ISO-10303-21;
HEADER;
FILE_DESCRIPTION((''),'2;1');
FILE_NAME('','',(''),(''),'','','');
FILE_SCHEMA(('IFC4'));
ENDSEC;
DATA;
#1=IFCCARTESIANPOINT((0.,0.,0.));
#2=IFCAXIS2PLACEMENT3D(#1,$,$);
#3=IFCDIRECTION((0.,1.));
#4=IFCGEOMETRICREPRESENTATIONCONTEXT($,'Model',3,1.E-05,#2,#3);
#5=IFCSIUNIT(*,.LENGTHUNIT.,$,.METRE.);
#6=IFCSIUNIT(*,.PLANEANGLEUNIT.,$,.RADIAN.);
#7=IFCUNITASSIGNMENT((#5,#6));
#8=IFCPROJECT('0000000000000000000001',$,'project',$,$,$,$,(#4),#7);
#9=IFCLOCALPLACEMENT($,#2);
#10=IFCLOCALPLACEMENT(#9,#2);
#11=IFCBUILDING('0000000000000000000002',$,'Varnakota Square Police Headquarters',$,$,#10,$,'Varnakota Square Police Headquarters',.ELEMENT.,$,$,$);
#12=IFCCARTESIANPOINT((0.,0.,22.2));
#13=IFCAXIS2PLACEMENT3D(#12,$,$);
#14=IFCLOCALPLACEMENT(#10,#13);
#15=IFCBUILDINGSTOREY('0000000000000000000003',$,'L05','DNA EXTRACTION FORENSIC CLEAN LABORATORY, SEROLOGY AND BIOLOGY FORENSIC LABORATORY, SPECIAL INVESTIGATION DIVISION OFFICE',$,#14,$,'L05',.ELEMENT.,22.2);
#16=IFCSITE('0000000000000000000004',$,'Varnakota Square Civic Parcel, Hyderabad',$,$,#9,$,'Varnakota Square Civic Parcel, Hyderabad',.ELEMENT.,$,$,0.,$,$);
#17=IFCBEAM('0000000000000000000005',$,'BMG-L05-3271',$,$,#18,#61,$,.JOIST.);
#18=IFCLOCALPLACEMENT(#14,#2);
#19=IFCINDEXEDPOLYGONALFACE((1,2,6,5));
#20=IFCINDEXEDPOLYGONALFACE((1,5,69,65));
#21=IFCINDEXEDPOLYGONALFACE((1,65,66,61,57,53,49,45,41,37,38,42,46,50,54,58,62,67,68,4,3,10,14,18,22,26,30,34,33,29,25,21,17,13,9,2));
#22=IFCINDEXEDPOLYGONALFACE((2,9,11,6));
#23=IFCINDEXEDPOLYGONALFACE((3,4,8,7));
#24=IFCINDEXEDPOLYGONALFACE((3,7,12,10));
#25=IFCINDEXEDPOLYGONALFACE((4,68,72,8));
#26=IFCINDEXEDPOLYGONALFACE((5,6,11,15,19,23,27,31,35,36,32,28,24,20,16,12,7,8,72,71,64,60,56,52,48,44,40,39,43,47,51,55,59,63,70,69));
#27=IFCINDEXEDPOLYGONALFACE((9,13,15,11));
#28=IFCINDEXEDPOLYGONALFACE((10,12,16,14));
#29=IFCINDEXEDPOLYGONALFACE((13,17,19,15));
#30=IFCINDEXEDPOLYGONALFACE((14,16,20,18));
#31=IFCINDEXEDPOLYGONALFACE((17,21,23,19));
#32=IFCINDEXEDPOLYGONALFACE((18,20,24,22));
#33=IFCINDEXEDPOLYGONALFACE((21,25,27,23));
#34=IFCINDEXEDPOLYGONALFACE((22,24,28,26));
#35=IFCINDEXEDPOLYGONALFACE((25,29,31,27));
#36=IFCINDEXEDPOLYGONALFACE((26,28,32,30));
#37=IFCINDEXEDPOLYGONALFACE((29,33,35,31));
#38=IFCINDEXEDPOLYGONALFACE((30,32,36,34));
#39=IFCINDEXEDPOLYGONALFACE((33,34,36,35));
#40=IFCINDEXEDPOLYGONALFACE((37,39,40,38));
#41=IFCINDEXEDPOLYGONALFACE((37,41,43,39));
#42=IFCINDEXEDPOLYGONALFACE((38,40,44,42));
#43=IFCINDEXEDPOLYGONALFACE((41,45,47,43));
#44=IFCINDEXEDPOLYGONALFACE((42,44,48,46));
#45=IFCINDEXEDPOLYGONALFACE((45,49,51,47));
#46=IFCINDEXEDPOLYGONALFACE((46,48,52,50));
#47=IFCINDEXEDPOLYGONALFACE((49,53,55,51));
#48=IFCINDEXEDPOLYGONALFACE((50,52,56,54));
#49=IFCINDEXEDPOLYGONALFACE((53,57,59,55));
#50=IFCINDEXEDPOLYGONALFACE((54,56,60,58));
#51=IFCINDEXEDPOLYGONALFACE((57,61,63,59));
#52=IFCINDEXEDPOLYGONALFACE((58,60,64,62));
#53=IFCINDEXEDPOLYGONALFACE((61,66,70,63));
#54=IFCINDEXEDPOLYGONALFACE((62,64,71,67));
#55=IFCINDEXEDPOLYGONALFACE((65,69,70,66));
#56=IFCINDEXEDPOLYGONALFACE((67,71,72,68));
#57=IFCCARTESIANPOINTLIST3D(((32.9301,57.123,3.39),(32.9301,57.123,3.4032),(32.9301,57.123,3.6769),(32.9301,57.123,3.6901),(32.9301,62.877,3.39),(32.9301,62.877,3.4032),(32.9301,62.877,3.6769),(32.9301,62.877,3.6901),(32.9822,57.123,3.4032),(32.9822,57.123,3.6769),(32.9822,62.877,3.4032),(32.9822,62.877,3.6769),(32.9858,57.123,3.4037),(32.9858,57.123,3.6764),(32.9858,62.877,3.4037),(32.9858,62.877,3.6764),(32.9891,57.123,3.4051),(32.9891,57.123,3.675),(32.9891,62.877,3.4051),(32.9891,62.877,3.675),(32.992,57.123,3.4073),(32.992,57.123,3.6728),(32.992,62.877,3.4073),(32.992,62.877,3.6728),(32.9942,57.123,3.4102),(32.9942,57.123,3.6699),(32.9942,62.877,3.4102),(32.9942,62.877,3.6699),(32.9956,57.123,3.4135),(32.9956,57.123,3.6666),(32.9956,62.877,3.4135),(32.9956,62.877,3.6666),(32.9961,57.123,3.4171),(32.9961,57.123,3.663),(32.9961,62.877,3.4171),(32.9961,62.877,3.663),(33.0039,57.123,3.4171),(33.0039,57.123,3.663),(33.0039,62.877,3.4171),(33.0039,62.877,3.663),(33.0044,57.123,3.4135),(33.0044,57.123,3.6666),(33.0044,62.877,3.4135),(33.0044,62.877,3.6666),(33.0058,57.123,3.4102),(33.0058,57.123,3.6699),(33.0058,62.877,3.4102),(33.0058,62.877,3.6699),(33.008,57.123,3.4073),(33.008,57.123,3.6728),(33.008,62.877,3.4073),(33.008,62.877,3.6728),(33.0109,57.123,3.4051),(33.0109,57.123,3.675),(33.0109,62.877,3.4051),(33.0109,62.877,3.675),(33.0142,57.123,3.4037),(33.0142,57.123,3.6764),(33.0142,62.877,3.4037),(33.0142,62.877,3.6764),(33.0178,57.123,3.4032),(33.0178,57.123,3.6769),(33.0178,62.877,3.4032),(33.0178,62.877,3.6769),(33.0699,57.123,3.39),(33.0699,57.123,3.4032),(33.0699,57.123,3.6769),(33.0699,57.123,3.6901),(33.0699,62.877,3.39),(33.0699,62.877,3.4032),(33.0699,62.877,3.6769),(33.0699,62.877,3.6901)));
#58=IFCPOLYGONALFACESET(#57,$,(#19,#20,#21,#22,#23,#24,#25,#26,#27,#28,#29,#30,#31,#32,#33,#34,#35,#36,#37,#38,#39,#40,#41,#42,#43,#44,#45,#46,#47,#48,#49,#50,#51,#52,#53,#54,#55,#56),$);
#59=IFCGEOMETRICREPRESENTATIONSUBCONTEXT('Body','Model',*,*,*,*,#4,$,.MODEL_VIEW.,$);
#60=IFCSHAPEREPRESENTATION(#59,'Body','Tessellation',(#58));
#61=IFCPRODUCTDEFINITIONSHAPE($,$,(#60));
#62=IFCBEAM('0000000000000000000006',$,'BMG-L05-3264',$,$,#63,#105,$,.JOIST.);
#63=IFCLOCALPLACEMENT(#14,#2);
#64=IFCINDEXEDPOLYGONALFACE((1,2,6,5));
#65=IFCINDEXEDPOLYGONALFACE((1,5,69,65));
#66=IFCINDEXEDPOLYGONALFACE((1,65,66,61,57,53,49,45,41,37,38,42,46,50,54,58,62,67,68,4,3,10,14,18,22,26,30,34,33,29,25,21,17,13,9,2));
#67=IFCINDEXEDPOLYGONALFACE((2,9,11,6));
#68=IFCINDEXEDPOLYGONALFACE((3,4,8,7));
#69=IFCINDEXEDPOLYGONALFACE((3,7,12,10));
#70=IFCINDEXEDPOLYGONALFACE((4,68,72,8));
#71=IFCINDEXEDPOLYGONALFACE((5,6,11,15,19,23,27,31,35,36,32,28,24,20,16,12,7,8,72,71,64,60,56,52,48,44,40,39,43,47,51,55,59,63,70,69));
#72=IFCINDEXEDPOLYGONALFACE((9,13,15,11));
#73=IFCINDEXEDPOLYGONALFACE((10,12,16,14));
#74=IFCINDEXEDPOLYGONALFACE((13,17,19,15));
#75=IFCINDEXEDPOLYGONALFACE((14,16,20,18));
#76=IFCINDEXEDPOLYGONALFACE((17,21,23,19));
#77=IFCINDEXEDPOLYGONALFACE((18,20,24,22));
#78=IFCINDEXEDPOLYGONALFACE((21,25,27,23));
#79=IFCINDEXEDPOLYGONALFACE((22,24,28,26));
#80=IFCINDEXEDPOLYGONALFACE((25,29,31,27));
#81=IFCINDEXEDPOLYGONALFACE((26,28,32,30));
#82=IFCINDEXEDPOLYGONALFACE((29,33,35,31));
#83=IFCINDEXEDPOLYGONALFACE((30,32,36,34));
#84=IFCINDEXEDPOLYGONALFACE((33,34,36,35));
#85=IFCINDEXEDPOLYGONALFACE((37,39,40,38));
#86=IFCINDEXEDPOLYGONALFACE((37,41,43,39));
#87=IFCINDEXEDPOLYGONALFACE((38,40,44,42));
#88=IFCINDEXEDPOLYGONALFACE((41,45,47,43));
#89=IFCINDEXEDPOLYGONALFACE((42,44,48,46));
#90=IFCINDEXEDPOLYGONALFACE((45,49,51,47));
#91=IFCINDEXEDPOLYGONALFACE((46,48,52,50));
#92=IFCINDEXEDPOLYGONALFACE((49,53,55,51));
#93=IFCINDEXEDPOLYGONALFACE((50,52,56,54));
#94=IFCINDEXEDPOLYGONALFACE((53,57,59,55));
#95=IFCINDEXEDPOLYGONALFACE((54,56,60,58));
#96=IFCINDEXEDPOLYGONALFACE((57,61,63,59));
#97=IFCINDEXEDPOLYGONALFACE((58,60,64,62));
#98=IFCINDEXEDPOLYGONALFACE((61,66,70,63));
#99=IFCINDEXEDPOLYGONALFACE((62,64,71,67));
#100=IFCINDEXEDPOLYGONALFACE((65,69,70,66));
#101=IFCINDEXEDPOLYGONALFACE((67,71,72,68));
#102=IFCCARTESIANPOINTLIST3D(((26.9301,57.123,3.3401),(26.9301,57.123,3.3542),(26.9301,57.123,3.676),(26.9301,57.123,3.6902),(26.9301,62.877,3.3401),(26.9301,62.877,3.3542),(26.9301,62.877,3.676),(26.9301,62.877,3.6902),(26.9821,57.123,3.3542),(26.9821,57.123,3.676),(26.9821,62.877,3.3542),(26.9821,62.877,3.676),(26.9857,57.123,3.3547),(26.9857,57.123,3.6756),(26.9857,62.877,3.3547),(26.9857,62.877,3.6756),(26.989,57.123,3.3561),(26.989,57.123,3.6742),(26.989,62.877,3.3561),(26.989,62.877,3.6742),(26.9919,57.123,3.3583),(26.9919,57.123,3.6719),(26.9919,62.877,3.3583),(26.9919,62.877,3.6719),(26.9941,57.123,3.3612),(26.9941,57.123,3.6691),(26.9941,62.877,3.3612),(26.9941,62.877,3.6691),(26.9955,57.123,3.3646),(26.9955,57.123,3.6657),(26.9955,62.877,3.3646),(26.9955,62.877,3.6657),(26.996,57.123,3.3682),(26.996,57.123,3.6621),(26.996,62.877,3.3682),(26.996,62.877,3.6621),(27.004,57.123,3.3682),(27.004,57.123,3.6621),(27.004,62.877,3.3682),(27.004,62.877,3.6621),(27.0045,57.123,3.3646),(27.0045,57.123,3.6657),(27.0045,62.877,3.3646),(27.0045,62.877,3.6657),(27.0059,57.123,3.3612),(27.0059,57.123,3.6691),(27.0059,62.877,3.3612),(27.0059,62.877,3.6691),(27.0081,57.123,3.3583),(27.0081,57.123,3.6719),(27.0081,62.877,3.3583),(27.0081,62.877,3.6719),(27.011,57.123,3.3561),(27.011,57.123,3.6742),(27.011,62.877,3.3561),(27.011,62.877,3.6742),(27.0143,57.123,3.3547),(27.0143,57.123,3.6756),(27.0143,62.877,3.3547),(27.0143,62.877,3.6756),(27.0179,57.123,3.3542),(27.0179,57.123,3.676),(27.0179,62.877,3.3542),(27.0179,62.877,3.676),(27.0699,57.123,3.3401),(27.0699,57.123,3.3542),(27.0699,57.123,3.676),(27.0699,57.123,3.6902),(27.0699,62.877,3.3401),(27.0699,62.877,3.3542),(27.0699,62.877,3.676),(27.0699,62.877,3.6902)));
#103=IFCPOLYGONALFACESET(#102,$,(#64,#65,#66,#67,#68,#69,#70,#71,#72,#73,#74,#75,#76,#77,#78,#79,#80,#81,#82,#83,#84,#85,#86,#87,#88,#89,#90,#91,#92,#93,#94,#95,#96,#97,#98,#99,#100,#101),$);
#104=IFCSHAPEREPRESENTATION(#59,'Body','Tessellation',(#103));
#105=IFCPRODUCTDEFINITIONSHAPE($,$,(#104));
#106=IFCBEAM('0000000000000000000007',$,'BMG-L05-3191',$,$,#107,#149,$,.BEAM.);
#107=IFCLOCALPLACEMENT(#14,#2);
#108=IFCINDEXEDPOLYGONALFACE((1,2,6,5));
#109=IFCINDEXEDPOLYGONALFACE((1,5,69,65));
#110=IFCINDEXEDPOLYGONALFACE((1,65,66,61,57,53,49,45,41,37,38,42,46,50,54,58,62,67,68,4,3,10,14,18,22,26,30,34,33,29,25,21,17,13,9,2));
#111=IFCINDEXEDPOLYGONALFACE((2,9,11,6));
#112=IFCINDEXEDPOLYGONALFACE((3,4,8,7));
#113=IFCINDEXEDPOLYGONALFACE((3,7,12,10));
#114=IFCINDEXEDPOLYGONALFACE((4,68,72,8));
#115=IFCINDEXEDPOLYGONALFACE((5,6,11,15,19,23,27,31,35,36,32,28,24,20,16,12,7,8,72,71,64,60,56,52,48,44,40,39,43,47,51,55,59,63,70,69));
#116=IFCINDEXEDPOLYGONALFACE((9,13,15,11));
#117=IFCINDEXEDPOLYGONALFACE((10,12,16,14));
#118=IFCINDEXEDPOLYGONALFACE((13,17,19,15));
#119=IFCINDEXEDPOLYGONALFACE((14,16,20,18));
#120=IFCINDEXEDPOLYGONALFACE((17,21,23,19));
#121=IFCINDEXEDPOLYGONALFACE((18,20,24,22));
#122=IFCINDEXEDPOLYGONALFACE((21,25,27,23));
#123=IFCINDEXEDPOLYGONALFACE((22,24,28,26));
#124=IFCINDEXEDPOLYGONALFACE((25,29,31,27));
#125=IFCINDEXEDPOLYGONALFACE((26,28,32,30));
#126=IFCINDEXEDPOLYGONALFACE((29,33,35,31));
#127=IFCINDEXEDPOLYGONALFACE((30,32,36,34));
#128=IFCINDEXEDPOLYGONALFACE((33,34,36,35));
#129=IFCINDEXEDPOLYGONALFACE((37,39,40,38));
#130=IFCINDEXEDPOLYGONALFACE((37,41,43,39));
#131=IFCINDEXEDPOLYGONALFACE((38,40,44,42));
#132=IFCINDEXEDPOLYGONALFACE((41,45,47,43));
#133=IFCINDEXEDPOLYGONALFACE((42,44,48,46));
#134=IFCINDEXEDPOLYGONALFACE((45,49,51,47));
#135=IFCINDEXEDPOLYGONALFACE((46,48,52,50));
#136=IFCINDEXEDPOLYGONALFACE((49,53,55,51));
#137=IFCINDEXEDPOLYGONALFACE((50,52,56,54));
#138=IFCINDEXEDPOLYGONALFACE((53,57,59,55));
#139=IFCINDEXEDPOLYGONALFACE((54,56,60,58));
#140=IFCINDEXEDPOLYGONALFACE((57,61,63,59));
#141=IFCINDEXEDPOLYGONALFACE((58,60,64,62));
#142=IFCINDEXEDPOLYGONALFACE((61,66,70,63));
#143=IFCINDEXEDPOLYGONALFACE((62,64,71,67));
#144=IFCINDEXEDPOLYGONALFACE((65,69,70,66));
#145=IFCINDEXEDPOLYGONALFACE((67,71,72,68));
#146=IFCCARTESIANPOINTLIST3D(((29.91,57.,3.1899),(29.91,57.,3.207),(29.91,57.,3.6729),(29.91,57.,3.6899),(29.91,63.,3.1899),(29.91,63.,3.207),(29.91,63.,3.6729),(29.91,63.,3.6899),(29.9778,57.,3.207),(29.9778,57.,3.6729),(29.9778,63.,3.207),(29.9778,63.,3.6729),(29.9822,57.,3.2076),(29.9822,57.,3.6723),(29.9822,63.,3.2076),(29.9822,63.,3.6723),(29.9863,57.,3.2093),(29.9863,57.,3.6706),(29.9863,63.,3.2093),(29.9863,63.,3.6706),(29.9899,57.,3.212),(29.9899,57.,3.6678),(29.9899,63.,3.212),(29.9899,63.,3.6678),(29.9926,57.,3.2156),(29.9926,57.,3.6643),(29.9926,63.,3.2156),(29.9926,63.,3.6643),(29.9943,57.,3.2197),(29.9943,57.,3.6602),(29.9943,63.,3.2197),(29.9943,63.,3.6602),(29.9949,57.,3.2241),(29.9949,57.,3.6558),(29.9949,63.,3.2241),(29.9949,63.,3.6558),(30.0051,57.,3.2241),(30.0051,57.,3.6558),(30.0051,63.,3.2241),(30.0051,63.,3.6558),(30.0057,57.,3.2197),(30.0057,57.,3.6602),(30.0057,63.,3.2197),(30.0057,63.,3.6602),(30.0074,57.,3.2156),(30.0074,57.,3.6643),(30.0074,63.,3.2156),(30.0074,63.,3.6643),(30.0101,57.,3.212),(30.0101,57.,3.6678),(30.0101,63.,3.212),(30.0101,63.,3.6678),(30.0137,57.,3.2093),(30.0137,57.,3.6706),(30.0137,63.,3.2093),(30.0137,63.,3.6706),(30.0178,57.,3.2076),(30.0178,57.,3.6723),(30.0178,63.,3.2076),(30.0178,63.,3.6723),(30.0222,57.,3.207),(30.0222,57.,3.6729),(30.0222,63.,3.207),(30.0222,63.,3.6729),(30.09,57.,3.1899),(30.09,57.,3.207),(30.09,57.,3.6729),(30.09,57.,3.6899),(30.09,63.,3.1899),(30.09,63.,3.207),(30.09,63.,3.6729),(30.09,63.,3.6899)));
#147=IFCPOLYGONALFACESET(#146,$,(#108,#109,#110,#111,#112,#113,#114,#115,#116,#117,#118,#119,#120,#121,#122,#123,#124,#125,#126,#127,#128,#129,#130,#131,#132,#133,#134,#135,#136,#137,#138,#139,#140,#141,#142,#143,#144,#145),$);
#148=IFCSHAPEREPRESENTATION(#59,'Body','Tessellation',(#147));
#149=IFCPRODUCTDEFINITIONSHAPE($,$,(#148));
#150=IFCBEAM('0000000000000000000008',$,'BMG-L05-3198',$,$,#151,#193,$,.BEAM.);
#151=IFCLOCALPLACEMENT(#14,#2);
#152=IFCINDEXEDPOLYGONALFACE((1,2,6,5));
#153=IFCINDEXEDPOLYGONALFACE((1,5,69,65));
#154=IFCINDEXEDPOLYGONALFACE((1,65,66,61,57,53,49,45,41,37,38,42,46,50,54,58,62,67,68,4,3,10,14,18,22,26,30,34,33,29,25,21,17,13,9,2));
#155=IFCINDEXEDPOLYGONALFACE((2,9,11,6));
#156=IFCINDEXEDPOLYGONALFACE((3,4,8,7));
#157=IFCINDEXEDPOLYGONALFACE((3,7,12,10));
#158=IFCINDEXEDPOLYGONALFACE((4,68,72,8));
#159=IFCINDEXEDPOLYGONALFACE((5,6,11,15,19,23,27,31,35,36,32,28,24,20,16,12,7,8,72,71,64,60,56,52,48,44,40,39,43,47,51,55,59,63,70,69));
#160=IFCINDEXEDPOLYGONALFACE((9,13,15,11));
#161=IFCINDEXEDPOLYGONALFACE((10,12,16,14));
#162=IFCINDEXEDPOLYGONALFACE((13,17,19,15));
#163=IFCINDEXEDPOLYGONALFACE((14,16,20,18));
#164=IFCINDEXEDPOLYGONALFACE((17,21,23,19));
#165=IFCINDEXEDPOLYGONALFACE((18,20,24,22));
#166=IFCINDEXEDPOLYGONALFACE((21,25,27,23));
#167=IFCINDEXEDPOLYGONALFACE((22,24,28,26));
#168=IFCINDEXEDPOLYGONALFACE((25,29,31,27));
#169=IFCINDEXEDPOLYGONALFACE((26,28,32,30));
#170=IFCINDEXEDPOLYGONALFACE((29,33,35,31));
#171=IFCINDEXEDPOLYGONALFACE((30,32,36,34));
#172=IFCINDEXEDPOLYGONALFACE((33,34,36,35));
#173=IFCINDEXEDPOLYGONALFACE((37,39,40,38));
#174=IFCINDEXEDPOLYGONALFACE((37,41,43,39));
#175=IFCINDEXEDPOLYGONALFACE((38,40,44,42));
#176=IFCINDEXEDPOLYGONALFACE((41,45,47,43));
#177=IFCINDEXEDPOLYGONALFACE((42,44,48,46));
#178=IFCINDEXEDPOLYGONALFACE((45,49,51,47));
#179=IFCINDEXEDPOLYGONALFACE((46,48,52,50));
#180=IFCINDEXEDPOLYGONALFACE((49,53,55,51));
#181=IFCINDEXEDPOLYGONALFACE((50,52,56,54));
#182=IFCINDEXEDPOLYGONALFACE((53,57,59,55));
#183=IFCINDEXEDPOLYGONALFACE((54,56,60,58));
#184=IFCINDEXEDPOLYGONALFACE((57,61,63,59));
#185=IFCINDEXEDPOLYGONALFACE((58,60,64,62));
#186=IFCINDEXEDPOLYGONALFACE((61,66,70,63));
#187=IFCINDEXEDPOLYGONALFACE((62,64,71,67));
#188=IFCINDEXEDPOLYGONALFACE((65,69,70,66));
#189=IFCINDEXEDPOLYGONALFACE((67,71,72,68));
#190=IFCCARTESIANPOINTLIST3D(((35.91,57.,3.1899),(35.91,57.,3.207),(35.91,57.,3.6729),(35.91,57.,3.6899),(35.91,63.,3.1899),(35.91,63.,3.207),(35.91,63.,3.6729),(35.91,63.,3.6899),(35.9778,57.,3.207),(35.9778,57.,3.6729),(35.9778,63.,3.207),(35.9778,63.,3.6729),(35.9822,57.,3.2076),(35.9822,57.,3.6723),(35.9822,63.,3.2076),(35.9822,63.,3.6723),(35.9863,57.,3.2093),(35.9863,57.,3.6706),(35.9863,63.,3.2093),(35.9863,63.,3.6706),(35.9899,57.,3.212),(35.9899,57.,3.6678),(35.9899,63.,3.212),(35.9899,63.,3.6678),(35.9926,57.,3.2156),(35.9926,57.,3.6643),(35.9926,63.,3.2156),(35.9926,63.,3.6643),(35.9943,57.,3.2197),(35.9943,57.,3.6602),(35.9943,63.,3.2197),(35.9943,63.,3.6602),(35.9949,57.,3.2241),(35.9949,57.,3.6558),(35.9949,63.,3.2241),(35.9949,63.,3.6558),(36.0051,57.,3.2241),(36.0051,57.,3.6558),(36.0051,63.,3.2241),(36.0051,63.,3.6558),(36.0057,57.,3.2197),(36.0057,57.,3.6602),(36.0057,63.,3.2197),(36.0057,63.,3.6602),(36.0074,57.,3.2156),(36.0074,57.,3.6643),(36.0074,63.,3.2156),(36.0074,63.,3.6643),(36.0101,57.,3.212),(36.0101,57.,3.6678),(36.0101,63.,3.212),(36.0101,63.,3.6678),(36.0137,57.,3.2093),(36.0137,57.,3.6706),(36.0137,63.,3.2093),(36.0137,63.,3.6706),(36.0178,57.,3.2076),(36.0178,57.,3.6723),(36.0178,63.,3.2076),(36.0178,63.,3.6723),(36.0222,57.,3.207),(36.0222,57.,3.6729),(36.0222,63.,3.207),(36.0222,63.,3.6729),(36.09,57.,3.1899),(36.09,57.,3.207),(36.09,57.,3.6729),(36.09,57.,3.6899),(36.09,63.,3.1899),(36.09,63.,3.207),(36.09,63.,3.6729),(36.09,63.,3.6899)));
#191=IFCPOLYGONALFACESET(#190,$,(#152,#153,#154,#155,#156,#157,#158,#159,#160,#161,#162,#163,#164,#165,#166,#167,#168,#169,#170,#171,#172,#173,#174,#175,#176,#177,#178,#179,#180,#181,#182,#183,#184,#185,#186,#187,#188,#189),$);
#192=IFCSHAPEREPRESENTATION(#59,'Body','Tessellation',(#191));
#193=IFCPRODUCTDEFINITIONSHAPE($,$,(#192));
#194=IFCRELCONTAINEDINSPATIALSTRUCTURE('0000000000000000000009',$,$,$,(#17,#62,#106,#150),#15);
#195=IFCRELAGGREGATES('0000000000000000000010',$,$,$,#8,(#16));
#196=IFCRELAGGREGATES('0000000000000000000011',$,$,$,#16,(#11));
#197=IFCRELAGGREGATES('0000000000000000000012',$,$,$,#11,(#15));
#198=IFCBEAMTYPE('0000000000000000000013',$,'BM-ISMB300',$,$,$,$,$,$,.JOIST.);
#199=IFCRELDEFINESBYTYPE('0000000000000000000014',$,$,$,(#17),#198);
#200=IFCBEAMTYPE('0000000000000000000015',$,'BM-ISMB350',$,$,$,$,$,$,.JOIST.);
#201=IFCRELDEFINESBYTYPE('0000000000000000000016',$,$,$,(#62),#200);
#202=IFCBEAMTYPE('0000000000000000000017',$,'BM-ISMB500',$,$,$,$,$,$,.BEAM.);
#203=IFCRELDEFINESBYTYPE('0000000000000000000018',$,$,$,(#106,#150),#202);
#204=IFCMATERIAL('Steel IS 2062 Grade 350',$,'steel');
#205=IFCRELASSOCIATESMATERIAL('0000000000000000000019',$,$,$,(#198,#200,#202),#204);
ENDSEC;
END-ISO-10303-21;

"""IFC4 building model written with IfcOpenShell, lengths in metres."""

from ifc_helpers import new_model, si_unit, direction, frame, origin, origin_2d, place, context, subcontext, project, spatial, i_section, extrude, material, material_profile, profile_set, type_object, element, save


model = new_model("IFC4")

# Units and contexts
model_context = context("Model", 3, precision=1e-05, world=origin(), true_north=direction((0.0, 1.0)))
body_context = subcontext(model_context, "Body", "Model", "MODEL_VIEW")
ifc_project = project(units=[si_unit("LENGTHUNIT", "METRE"), si_unit("PLANEANGLEUNIT", "RADIAN")], contexts=[model_context])

# Site, building, storey
site_placement = place(None, origin())
site = spatial("IfcSite", under=ifc_project, at=site_placement, Name="Varnakota Square Civic Parcel, Hyderabad", LongName="Varnakota Square Civic Parcel, Hyderabad", CompositionType="ELEMENT", RefElevation=0.0)
building_placement = place(site_placement, origin())
building = spatial("IfcBuilding", under=site, at=building_placement, Name="Varnakota Square Police Headquarters", LongName="Varnakota Square Police Headquarters", CompositionType="ELEMENT")
storey_placement = place(building_placement, frame((0.0, 0.0, 22.2)))
storey = spatial("IfcBuildingStorey", under=building, at=storey_placement, Name="L05", Description="DNA EXTRACTION FORENSIC CLEAN LABORATORY, SEROLOGY AND BIOLOGY FORENSIC LABORATORY, SPECIAL INVESTIGATION DIVISION OFFICE", LongName="L05", CompositionType="ELEMENT", Elevation=22.2)

# Shared definitions
ifc_material_1 = material(Name="Steel IS 2062 Grade 350", Category="steel")

# Beams
ifc_material_profile_1 = material_profile(ifc_material_1, i_section(OverallWidth=0.1399, OverallDepth=0.3, WebThickness=0.0078, FlangeThickness=0.0132, FilletRadius=0.0139, at=origin_2d()), Name="ISMB 300")
ifc_profile_set_1 = profile_set([ifc_material_profile_1], Name="Steel IS 2062 Grade 350")
beam_type_1 = type_object("IfcBeamType", Name="BM-ISMB300", PredefinedType="JOIST", material=ifc_profile_set_1)
beam_1_placement = place(storey_placement, frame((33.0, 57.123, 3.54), z_axis=(0.0, 1.0, 0.0), x_axis=(-1.0, 0.0, 0.0)))
element("IfcBeam", 1, at=beam_1_placement, inside=storey, type_object=beam_type_1, Name="BMG-L05-3271", PredefinedType="JOIST", context=body_context, shape_type="SweptSolid", body=[
    extrude(i_section(OverallWidth=0.1399, OverallDepth=0.3, WebThickness=0.0078, FlangeThickness=0.0132, FilletRadius=0.0139, at=origin_2d()), origin(), (0.0, 0.0, 1.0), 5.7539),
])
ifc_material_profile_2 = material_profile(ifc_material_1, i_section(OverallWidth=0.1399, OverallDepth=0.3501, WebThickness=0.0081, FlangeThickness=0.0142, FilletRadius=0.0139, at=origin_2d()), Name="ISMB 350")
ifc_profile_set_2 = profile_set([ifc_material_profile_2], Name="Steel IS 2062 Grade 350")
beam_type_2 = type_object("IfcBeamType", Name="BM-ISMB350", PredefinedType="JOIST", material=ifc_profile_set_2)
beam_2_placement = place(storey_placement, frame((27.0, 57.123, 3.5151), z_axis=(0.0, 1.0, 0.0), x_axis=(-1.0, 0.0, 0.0)))
element("IfcBeam", 2, at=beam_2_placement, inside=storey, type_object=beam_type_2, Name="BMG-L05-3264", PredefinedType="JOIST", context=body_context, shape_type="SweptSolid", body=[
    extrude(i_section(OverallWidth=0.1399, OverallDepth=0.3501, WebThickness=0.0081, FlangeThickness=0.0142, FilletRadius=0.0139, at=origin_2d()), origin(), (0.0, 0.0, 1.0), 5.7539),
])
ifc_material_profile_3 = material_profile(ifc_material_1, i_section(OverallWidth=0.1799, OverallDepth=0.5, WebThickness=0.0103, FlangeThickness=0.0171, FilletRadius=0.0171, at=origin_2d()), Name="ISMB 500")
ifc_profile_set_3 = profile_set([ifc_material_profile_3], Name="Steel IS 2062 Grade 350")
beam_type_3 = type_object("IfcBeamType", Name="BM-ISMB500", PredefinedType="BEAM", material=ifc_profile_set_3)
for number, where, z_axis, x_axis, name in (
    (3, (30.0, 57.0, 3.4399), (0.0, 1.0, 0.0), (-1.0, 0.0, 0.0), "BMG-L05-3191"),
    (4, (36.0, 57.0, 3.4399), (0.0, 1.0, 0.0), (-1.0, 0.0, 0.0), "BMG-L05-3198"),
):
    element("IfcBeam", number, at=place(storey_placement, frame(where, z_axis=z_axis, x_axis=x_axis)), inside=storey, type_object=beam_type_3, Name=name, PredefinedType="BEAM", context=body_context, shape_type="SweptSolid", body=[
        extrude(i_section(OverallWidth=0.1799, OverallDepth=0.5, WebThickness=0.0103, FlangeThickness=0.0171, FilletRadius=0.0171, at=origin_2d()), origin(), (0.0, 0.0, 1.0), 6.0),
    ])

save(model, "model.ifc")
